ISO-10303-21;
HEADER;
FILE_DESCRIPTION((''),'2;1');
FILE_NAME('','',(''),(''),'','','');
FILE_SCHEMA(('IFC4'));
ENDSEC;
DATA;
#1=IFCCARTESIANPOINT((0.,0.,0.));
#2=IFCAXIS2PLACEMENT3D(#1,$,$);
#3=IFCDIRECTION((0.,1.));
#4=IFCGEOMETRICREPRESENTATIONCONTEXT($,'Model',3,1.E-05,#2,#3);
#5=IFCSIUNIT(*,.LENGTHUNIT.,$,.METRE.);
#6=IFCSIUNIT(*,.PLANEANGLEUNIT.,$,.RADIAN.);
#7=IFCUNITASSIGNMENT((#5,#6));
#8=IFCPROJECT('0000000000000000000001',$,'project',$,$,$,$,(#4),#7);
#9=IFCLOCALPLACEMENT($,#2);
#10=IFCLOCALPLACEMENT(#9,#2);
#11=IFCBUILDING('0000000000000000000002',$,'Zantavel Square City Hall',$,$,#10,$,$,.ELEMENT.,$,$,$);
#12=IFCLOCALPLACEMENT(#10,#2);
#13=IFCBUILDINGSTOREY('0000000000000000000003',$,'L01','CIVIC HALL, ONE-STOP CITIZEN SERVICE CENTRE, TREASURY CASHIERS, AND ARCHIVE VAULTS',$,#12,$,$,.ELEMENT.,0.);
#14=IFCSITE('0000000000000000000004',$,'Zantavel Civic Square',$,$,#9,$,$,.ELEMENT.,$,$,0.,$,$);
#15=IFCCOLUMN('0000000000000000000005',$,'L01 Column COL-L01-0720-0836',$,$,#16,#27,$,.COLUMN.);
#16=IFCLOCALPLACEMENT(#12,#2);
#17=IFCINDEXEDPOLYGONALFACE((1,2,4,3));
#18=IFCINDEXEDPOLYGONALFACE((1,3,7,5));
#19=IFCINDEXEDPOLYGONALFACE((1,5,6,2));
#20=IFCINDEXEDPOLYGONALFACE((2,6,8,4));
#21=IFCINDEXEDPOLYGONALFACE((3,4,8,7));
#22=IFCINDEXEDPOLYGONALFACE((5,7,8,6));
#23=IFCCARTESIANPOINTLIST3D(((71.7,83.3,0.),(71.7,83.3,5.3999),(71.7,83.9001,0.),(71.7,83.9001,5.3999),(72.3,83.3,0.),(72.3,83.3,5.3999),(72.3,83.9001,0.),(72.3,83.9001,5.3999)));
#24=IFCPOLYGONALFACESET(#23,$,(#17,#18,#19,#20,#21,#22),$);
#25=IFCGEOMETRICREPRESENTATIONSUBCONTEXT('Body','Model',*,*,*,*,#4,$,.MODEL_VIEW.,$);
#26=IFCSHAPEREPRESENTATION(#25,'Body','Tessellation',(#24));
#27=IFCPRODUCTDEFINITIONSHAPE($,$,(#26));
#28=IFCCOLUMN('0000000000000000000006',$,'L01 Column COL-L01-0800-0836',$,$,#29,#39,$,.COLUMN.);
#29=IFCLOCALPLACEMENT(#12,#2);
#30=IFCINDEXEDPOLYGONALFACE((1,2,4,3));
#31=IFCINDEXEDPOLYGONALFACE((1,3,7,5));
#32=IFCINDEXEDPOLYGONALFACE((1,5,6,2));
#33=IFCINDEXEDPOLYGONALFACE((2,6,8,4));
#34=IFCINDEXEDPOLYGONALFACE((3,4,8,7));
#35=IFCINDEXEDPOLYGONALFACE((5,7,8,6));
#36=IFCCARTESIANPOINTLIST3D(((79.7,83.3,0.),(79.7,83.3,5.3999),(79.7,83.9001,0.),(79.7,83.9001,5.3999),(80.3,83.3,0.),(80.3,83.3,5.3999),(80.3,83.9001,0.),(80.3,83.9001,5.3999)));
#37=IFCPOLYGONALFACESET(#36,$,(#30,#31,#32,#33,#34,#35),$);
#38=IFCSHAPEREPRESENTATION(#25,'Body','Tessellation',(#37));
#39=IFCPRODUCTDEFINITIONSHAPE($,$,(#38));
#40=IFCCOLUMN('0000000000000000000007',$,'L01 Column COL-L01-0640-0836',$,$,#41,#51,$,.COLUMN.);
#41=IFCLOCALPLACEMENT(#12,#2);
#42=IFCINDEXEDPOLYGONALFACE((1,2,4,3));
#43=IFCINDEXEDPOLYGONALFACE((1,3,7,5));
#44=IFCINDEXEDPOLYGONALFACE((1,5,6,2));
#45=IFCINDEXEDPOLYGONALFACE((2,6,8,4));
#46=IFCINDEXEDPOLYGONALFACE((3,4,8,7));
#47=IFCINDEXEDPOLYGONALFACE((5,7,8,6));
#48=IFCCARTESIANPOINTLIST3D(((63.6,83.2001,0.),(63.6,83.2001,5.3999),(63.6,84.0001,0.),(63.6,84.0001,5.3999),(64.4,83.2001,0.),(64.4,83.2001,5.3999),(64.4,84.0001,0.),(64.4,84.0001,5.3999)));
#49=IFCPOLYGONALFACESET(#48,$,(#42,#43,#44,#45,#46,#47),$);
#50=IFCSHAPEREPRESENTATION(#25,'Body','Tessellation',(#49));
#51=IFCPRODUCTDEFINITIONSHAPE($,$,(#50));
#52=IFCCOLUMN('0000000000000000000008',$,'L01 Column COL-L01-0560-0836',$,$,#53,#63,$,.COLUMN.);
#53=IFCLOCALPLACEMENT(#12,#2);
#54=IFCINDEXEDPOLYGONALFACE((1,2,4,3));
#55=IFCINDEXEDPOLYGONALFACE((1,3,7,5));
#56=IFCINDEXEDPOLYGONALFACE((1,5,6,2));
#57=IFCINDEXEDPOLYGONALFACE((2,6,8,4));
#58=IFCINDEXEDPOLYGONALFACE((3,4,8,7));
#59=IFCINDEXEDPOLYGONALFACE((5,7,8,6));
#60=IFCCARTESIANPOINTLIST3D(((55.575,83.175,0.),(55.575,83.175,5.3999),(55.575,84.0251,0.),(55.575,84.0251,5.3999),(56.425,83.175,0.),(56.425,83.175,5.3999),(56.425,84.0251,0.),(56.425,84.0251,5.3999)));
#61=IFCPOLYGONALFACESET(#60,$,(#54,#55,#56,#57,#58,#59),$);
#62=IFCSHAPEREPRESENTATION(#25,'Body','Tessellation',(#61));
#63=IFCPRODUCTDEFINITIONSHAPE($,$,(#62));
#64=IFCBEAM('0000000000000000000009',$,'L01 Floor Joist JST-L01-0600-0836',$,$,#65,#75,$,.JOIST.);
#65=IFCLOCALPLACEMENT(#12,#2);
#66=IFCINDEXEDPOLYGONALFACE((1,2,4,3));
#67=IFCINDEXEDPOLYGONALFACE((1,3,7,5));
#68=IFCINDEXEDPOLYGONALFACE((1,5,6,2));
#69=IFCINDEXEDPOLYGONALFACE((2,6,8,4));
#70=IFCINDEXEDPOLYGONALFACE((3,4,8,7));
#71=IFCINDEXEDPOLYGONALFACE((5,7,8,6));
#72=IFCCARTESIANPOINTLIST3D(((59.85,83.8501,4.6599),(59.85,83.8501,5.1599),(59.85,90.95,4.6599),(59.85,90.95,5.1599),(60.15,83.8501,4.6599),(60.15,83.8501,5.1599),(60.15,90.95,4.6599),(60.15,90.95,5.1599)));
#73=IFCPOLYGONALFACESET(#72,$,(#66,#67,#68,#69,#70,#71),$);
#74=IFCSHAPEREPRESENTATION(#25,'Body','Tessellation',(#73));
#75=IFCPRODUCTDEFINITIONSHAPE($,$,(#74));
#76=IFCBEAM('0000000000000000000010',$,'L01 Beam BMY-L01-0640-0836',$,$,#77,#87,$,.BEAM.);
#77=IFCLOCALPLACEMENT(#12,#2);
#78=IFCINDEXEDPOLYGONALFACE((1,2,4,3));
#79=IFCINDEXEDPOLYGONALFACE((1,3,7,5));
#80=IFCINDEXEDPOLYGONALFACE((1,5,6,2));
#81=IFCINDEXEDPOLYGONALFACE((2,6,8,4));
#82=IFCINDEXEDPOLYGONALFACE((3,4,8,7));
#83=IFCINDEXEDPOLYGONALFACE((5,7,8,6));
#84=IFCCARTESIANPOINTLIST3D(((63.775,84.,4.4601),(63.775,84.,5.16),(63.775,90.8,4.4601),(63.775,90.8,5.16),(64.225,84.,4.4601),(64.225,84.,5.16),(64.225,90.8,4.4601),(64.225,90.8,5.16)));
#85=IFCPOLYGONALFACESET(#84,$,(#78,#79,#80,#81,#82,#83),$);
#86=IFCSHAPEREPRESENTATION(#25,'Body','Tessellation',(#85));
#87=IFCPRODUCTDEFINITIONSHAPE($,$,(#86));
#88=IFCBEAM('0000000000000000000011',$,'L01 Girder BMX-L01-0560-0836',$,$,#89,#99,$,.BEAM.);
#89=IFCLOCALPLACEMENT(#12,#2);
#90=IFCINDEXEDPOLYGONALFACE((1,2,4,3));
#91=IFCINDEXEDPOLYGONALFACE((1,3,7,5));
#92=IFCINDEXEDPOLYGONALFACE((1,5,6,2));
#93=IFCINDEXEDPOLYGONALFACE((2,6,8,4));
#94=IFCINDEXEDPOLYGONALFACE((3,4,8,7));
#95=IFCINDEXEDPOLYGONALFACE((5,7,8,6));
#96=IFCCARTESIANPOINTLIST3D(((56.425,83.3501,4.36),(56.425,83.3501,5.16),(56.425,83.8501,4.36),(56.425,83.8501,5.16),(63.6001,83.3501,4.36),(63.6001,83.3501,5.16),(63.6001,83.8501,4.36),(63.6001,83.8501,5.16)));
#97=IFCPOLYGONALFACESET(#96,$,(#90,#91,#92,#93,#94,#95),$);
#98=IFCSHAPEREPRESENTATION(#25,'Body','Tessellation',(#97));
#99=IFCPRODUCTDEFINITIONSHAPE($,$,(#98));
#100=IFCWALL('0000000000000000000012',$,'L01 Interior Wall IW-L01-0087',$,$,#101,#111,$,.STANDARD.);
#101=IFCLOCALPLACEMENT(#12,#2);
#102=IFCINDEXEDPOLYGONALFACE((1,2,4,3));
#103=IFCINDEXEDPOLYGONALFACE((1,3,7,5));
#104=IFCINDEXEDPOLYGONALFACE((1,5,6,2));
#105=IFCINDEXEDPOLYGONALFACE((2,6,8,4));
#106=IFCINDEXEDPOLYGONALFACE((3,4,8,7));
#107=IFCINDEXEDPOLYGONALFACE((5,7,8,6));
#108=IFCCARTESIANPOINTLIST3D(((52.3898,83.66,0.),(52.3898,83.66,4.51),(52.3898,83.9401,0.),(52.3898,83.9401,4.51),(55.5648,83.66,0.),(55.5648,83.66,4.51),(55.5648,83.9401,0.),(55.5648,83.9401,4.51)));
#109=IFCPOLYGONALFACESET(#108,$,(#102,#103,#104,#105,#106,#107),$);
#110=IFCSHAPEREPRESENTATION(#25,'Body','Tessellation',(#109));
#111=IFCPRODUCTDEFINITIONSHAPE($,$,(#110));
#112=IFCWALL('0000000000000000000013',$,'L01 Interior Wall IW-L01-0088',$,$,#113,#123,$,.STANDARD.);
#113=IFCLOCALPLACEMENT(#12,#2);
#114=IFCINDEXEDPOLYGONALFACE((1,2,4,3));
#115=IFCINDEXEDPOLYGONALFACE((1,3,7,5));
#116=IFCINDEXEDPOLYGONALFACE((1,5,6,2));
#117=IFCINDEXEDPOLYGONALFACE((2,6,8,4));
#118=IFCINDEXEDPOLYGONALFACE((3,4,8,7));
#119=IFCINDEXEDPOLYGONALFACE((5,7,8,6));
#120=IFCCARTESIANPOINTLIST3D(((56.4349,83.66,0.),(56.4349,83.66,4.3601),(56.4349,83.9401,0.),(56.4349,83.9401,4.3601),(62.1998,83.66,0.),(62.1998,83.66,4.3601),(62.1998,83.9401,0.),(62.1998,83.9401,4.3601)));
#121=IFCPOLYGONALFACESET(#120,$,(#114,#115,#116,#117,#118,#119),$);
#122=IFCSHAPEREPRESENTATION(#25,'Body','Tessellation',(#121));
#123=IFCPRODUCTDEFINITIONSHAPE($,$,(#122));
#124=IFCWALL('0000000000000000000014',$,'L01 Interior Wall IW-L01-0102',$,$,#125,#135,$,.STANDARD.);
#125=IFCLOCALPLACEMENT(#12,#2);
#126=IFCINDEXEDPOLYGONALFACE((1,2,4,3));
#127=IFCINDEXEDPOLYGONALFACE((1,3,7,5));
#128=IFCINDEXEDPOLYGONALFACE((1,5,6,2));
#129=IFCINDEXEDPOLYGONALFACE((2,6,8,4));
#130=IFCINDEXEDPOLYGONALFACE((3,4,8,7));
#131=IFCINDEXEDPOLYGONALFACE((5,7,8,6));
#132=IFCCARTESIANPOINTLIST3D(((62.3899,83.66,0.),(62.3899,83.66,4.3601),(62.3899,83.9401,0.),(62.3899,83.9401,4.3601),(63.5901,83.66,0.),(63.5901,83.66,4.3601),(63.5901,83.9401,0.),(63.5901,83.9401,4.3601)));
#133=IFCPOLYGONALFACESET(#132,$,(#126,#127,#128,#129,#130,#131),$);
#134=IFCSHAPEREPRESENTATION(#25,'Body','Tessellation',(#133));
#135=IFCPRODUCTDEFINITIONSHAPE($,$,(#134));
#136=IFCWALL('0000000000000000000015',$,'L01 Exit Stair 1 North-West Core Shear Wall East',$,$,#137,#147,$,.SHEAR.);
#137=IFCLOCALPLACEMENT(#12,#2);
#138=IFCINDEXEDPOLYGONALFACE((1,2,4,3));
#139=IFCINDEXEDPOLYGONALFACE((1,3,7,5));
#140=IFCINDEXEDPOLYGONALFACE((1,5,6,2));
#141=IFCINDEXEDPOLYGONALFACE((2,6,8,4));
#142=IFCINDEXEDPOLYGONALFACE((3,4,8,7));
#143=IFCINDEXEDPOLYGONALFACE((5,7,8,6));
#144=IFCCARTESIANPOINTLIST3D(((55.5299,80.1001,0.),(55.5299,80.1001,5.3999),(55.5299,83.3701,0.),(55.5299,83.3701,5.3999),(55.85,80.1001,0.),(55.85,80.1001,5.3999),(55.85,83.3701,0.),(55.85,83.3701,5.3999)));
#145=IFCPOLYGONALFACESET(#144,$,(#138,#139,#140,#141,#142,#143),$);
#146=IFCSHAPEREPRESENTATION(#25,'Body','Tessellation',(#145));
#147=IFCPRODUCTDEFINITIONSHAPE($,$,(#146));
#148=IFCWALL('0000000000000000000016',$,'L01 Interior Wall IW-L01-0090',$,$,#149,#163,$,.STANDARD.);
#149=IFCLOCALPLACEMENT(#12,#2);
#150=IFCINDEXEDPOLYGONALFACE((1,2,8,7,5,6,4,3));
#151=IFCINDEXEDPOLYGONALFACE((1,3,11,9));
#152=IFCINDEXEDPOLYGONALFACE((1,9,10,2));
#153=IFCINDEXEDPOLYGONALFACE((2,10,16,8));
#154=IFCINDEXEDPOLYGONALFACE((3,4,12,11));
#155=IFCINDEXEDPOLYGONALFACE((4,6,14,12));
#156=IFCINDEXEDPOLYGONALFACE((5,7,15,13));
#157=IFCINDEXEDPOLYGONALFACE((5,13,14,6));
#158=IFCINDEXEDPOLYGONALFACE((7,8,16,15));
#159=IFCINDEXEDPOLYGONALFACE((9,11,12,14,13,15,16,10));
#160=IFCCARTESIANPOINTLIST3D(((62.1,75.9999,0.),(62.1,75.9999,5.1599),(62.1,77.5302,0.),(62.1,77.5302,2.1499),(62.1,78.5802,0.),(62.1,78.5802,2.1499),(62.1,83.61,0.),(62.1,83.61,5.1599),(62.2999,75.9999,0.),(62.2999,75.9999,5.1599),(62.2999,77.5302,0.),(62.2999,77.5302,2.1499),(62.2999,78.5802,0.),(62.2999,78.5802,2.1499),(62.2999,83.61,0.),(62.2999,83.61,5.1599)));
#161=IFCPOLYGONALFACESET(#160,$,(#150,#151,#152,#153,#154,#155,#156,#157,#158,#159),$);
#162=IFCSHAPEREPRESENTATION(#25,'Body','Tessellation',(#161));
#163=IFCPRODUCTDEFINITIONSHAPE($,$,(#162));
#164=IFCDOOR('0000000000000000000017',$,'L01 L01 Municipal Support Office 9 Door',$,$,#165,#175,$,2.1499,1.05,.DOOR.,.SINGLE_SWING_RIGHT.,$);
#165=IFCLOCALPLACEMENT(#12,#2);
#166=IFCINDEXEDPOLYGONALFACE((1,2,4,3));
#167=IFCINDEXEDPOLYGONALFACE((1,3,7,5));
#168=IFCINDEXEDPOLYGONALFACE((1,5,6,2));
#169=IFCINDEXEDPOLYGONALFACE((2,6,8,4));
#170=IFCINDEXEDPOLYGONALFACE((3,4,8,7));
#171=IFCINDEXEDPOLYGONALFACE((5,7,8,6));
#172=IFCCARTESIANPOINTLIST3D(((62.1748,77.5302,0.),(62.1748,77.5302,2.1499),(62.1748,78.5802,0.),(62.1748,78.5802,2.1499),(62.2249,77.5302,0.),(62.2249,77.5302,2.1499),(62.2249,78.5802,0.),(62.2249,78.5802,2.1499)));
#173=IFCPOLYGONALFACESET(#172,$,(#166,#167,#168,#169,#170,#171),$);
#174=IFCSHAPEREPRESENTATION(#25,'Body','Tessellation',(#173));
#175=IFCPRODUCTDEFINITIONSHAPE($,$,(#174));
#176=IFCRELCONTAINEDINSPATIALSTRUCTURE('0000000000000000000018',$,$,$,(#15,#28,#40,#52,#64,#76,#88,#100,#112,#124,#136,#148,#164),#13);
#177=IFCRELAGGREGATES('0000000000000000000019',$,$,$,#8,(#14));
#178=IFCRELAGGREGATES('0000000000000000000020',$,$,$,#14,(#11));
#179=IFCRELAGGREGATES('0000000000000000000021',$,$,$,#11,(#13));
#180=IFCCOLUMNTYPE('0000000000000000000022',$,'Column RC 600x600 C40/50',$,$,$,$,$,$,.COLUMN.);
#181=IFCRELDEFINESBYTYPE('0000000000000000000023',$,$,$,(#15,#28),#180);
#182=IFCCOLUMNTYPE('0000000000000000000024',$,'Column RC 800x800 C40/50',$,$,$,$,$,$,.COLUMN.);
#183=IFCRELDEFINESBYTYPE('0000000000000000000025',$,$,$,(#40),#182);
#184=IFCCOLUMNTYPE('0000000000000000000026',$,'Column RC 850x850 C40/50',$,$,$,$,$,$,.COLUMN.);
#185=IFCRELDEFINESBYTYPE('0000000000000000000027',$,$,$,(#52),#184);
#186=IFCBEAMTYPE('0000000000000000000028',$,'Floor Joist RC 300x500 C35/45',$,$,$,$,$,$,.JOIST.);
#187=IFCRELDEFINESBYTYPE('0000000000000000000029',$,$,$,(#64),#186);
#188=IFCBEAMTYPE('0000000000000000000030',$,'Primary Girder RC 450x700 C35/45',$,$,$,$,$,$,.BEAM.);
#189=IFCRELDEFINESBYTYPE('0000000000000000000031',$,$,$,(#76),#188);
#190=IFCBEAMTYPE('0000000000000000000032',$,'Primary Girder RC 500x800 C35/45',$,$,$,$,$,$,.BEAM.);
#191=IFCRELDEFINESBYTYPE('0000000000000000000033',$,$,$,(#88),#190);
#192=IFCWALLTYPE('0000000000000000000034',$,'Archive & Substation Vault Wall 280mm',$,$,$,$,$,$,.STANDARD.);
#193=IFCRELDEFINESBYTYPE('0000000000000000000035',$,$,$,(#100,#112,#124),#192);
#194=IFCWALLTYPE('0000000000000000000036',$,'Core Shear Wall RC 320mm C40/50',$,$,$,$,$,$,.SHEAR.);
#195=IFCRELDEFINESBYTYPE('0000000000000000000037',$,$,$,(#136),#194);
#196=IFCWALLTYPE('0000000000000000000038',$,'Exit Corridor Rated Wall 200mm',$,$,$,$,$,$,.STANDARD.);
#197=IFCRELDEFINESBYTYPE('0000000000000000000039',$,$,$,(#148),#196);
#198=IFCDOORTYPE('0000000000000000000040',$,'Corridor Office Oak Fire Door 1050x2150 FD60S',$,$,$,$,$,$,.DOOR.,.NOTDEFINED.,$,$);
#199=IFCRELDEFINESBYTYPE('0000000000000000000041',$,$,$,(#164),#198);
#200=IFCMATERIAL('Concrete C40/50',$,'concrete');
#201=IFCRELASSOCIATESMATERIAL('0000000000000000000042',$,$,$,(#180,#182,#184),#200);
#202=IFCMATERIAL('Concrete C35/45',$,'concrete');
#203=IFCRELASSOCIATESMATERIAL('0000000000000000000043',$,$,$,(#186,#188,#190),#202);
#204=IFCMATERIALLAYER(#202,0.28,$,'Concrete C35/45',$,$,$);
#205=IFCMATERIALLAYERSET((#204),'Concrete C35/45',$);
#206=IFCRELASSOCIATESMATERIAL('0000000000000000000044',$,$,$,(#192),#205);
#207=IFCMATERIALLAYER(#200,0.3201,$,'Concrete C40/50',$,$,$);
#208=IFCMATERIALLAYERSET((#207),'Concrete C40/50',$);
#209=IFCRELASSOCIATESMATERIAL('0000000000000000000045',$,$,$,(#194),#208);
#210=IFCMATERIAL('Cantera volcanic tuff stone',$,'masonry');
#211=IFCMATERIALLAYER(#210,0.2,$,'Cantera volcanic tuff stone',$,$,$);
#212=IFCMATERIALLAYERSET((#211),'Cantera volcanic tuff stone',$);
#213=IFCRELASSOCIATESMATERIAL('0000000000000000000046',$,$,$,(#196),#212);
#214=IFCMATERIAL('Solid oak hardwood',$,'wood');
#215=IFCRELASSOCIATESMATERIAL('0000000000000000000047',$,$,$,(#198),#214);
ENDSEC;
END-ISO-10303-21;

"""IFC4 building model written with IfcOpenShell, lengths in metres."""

from ifc_helpers import new_model, si_unit, direction, frame, frame_2d, origin, origin_2d, place, context, subcontext, project, spatial, rectangle, extrude, material, layer, layer_set, material_profile, profile_set, type_object, element, fill, save


model = new_model("IFC4")

# Units and contexts
model_context = context("Model", 3, precision=1e-05, world=origin(), true_north=direction((0.0, 1.0)))
body_context = subcontext(model_context, "Body", "Model", "MODEL_VIEW")
ifc_project = project(units=[si_unit("LENGTHUNIT", "METRE"), si_unit("PLANEANGLEUNIT", "RADIAN")], contexts=[model_context])

# Site, building, storey
site_placement = place(None, origin())
site = spatial("IfcSite", under=ifc_project, at=site_placement, Name="Zantavel Civic Square", CompositionType="ELEMENT", RefElevation=0.0)
building_placement = place(site_placement, origin())
building = spatial("IfcBuilding", under=site, at=building_placement, Name="Zantavel Square City Hall", CompositionType="ELEMENT")
storey_placement = place(building_placement, origin())
storey = spatial("IfcBuildingStorey", under=building, at=storey_placement, Name="L01", Description="CIVIC HALL, ONE-STOP CITIZEN SERVICE CENTRE, TREASURY CASHIERS, AND ARCHIVE VAULTS", CompositionType="ELEMENT", Elevation=0.0)

# Columns
ifc_material_1 = material(Name="Concrete C40/50", Category="concrete")
ifc_material_profile_1 = material_profile(ifc_material_1, rectangle(XDim=0.6001, YDim=0.6001, at=origin_2d()), Name="RC 600x600")
ifc_profile_set_1 = profile_set([ifc_material_profile_1], Name="Concrete C40/50")
column_type_1 = type_object("IfcColumnType", Name="Column RC 600x600 C40/50", PredefinedType="COLUMN", material=ifc_profile_set_1)
for number, where, z_axis, x_axis, name in (
    (1, (72.0, 83.6001, 0.0), (0.0, 0.0, 1.0), (1.0, 0.0, 0.0), "L01 Column COL-L01-0720-0836"),
    (2, (80.0, 83.6001, 0.0), (0.0, 0.0, 1.0), (1.0, 0.0, 0.0), "L01 Column COL-L01-0800-0836"),
):
    element("IfcColumn", number, at=place(storey_placement, frame(where, z_axis=z_axis, x_axis=x_axis)), inside=storey, type_object=column_type_1, Name=name, PredefinedType="COLUMN", context=body_context, shape_type="SweptSolid", body=[
        extrude(rectangle(XDim=0.6001, YDim=0.6001, at=origin_2d()), origin(), (0.0, 0.0, 1.0), 5.3999),
    ])
ifc_material_profile_2 = material_profile(ifc_material_1, rectangle(XDim=0.8, YDim=0.8, at=origin_2d()), Name="RC 800x800")
ifc_profile_set_2 = profile_set([ifc_material_profile_2], Name="Concrete C40/50")
column_type_2 = type_object("IfcColumnType", Name="Column RC 800x800 C40/50", PredefinedType="COLUMN", material=ifc_profile_set_2)
column_1_placement = place(storey_placement, frame((64.0, 83.6001, 0.0), z_axis=(0.0, 0.0, 1.0), x_axis=(1.0, 0.0, 0.0)))
element("IfcColumn", 3, at=column_1_placement, inside=storey, type_object=column_type_2, Name="L01 Column COL-L01-0640-0836", PredefinedType="COLUMN", context=body_context, shape_type="SweptSolid", body=[
    extrude(rectangle(XDim=0.8, YDim=0.8, at=origin_2d()), origin(), (0.0, 0.0, 1.0), 5.3999),
])
ifc_material_profile_3 = material_profile(ifc_material_1, rectangle(XDim=0.8501, YDim=0.8501, at=origin_2d()), Name="RC 850x850")
ifc_profile_set_3 = profile_set([ifc_material_profile_3], Name="Concrete C40/50")
column_type_3 = type_object("IfcColumnType", Name="Column RC 850x850 C40/50", PredefinedType="COLUMN", material=ifc_profile_set_3)
column_2_placement = place(storey_placement, frame((56.0, 83.6001, 0.0), z_axis=(0.0, 0.0, 1.0), x_axis=(1.0, 0.0, 0.0)))
element("IfcColumn", 4, at=column_2_placement, inside=storey, type_object=column_type_3, Name="L01 Column COL-L01-0560-0836", PredefinedType="COLUMN", context=body_context, shape_type="SweptSolid", body=[
    extrude(rectangle(XDim=0.8501, YDim=0.8501, at=origin_2d()), origin(), (0.0, 0.0, 1.0), 5.3999),
])

# Beams
ifc_material_2 = material(Name="Concrete C35/45", Category="concrete")
ifc_material_profile_4 = material_profile(ifc_material_2, rectangle(XDim=0.3, YDim=0.5, at=origin_2d()), Name="RC 300x500")
ifc_profile_set_4 = profile_set([ifc_material_profile_4], Name="Concrete C35/45")
beam_type_1 = type_object("IfcBeamType", Name="Floor Joist RC 300x500 C35/45", PredefinedType="JOIST", material=ifc_profile_set_4)
beam_1_placement = place(storey_placement, frame((60.0, 83.8501, 4.9099), z_axis=(0.0, 1.0, 0.0), x_axis=(-1.0, 0.0, 0.0)))
element("IfcBeam", 5, at=beam_1_placement, inside=storey, type_object=beam_type_1, Name="L01 Floor Joist JST-L01-0600-0836", PredefinedType="JOIST", context=body_context, shape_type="SweptSolid", body=[
    extrude(rectangle(XDim=0.3, YDim=0.5, at=origin_2d()), origin(), (0.0, 0.0, 1.0), 7.0999),
])
ifc_material_profile_5 = material_profile(ifc_material_2, rectangle(XDim=0.45, YDim=0.7, at=origin_2d()), Name="RC 450x700")
ifc_profile_set_5 = profile_set([ifc_material_profile_5], Name="Concrete C35/45")
beam_type_2 = type_object("IfcBeamType", Name="Primary Girder RC 450x700 C35/45", PredefinedType="BEAM", material=ifc_profile_set_5)
beam_2_placement = place(storey_placement, frame((64.0, 84.0, 4.8101), z_axis=(0.0, 1.0, 0.0), x_axis=(-1.0, 0.0, 0.0)))
element("IfcBeam", 6, at=beam_2_placement, inside=storey, type_object=beam_type_2, Name="L01 Beam BMY-L01-0640-0836", PredefinedType="BEAM", context=body_context, shape_type="SweptSolid", body=[
    extrude(rectangle(XDim=0.45, YDim=0.7, at=origin_2d()), origin(), (0.0, 0.0, 1.0), 6.8),
])
ifc_material_profile_6 = material_profile(ifc_material_2, rectangle(XDim=0.5, YDim=0.8, at=origin_2d()), Name="RC 500x800")
ifc_profile_set_6 = profile_set([ifc_material_profile_6], Name="Concrete C35/45")
beam_type_3 = type_object("IfcBeamType", Name="Primary Girder RC 500x800 C35/45", PredefinedType="BEAM", material=ifc_profile_set_6)
beam_3_placement = place(storey_placement, frame((56.425, 83.6001, 4.76), z_axis=(1.0, 0.0, 0.0), x_axis=(0.0, 1.0, 0.0)))
element("IfcBeam", 7, at=beam_3_placement, inside=storey, type_object=beam_type_3, Name="L01 Girder BMX-L01-0560-0836", PredefinedType="BEAM", context=body_context, shape_type="SweptSolid", body=[
    extrude(rectangle(XDim=0.5, YDim=0.8, at=origin_2d()), origin(), (0.0, 0.0, 1.0), 7.175),
])

# Walls
ifc_layer_1 = layer(ifc_material_2, 0.28, Name="Concrete C35/45")
ifc_layer_set_1 = layer_set([ifc_layer_1], Name="Concrete C35/45")
wall_type_1 = type_object("IfcWallType", Name="Archive & Substation Vault Wall 280mm", PredefinedType="STANDARD", material=ifc_layer_set_1)
wall_1_placement = place(storey_placement, frame((52.3899, 83.8, 0.0), z_axis=(0.0, 0.0, 1.0), x_axis=(1.0, 0.0, 0.0)))
element("IfcWall", 8, at=wall_1_placement, inside=storey, type_object=wall_type_1, Name="L01 Interior Wall IW-L01-0087", PredefinedType="STANDARD", context=body_context, shape_type="SweptSolid", body=[
    extrude(rectangle(XDim=3.175, YDim=0.28, at=frame_2d((1.5874, 0.0))), origin(), (0.0, 0.0, 1.0), 4.51),
])
wall_2_placement = place(storey_placement, frame((56.4351, 83.8, 0.0), z_axis=(0.0, 0.0, 1.0), x_axis=(1.0, 0.0, 0.0)))
element("IfcWall", 9, at=wall_2_placement, inside=storey, type_object=wall_type_1, Name="L01 Interior Wall IW-L01-0088", PredefinedType="STANDARD", context=body_context, shape_type="SweptSolid", body=[
    extrude(rectangle(XDim=5.7649, YDim=0.28, at=frame_2d((2.8823, 0.0))), origin(), (0.0, 0.0, 1.0), 4.3601),
])
wall_3_placement = place(storey_placement, frame((63.5901, 83.8, 0.0), z_axis=(0.0, 0.0, 1.0), x_axis=(-1.0, 0.0, 0.0)))
element("IfcWall", 10, at=wall_3_placement, inside=storey, type_object=wall_type_1, Name="L01 Interior Wall IW-L01-0102", PredefinedType="STANDARD", context=body_context, shape_type="SweptSolid", body=[
    extrude(rectangle(XDim=1.2002, YDim=0.28, at=frame_2d((0.6001, 0.0))), origin(), (0.0, 0.0, 1.0), 4.3601),
])
ifc_layer_2 = layer(ifc_material_1, 0.3201, Name="Concrete C40/50")
ifc_layer_set_2 = layer_set([ifc_layer_2], Name="Concrete C40/50")
wall_type_2 = type_object("IfcWallType", Name="Core Shear Wall RC 320mm C40/50", PredefinedType="SHEAR", material=ifc_layer_set_2)
wall_4_placement = place(storey_placement, frame((55.6899, 83.3701, 0.0), z_axis=(0.0, 0.0, 1.0), x_axis=(0.0, -1.0, 0.0)))
element("IfcWall", 11, at=wall_4_placement, inside=storey, type_object=wall_type_2, Name="L01 Exit Stair 1 North-West Core Shear Wall East", PredefinedType="SHEAR", context=body_context, shape_type="SweptSolid", body=[
    extrude(rectangle(XDim=3.27, YDim=0.3201, at=frame_2d((1.635, 0.0))), origin(), (0.0, 0.0, 1.0), 5.3999),
])

# Wall, opening, door
ifc_material_3 = material(Name="Cantera volcanic tuff stone", Category="masonry")
ifc_layer_3 = layer(ifc_material_3, 0.2, Name="Cantera volcanic tuff stone")
ifc_layer_set_3 = layer_set([ifc_layer_3], Name="Cantera volcanic tuff stone")
wall_type_3 = type_object("IfcWallType", Name="Exit Corridor Rated Wall 200mm", PredefinedType="STANDARD", material=ifc_layer_set_3)
wall_5_placement = place(storey_placement, frame((62.2, 83.6101, 0.0), z_axis=(0.0, 0.0, 1.0), x_axis=(0.0, -1.0, 0.0)))
wall_5 = element("IfcWall", 12, at=wall_5_placement, inside=storey, type_object=wall_type_3, Name="L01 Interior Wall IW-L01-0090", PredefinedType="STANDARD", context=body_context, shape_type="SweptSolid", body=[
    extrude(rectangle(XDim=7.6101, YDim=0.2, at=frame_2d((3.8052, 0.0))), origin(), (0.0, 0.0, 1.0), 5.1599),
])
opening_1_placement = place(wall_5_placement, frame((5.03, 0.0, 0.0)))
opening_1 = element("IfcOpeningElement", 13, at=opening_1_placement, cuts=wall_5, PredefinedType="OPENING", context=body_context, shape_type="SweptSolid", body=[
    extrude(rectangle(XDim=1.05, YDim=2.1499, at=frame_2d((0.5249, 1.075))), frame((0.0, 0.1099, 0.0), z_axis=(0.0, -1.0, 0.0), x_axis=(1.0, 0.0, 0.0)), (0.0, 0.0, 1.0), 0.22),
])
ifc_material_4 = material(Name="Solid oak hardwood", Category="wood")
door_type_1 = type_object("IfcDoorType", Name="Corridor Office Oak Fire Door 1050x2150 FD60S", OperationType="NOTDEFINED", PredefinedType="DOOR", material=ifc_material_4)
door_1_placement = place(opening_1_placement, origin())
door_1 = element("IfcDoor", 14, at=door_1_placement, inside=storey, type_object=door_type_1, Name="L01 L01 Municipal Support Office 9 Door", OperationType="SINGLE_SWING_RIGHT", OverallHeight=2.1499, OverallWidth=1.05, PredefinedType="DOOR", context=body_context, shape_type="SweptSolid", body=[
    extrude(rectangle(XDim=1.05, YDim=2.1499, at=frame_2d((0.5249, 1.075))), frame((0.0, 0.0249, 0.0), z_axis=(0.0, -1.0, 0.0), x_axis=(1.0, 0.0, 0.0)), (0.0, 0.0, 1.0), 0.05),
])
fill(opening_1, door_1)

save(model, "model.ifc")
